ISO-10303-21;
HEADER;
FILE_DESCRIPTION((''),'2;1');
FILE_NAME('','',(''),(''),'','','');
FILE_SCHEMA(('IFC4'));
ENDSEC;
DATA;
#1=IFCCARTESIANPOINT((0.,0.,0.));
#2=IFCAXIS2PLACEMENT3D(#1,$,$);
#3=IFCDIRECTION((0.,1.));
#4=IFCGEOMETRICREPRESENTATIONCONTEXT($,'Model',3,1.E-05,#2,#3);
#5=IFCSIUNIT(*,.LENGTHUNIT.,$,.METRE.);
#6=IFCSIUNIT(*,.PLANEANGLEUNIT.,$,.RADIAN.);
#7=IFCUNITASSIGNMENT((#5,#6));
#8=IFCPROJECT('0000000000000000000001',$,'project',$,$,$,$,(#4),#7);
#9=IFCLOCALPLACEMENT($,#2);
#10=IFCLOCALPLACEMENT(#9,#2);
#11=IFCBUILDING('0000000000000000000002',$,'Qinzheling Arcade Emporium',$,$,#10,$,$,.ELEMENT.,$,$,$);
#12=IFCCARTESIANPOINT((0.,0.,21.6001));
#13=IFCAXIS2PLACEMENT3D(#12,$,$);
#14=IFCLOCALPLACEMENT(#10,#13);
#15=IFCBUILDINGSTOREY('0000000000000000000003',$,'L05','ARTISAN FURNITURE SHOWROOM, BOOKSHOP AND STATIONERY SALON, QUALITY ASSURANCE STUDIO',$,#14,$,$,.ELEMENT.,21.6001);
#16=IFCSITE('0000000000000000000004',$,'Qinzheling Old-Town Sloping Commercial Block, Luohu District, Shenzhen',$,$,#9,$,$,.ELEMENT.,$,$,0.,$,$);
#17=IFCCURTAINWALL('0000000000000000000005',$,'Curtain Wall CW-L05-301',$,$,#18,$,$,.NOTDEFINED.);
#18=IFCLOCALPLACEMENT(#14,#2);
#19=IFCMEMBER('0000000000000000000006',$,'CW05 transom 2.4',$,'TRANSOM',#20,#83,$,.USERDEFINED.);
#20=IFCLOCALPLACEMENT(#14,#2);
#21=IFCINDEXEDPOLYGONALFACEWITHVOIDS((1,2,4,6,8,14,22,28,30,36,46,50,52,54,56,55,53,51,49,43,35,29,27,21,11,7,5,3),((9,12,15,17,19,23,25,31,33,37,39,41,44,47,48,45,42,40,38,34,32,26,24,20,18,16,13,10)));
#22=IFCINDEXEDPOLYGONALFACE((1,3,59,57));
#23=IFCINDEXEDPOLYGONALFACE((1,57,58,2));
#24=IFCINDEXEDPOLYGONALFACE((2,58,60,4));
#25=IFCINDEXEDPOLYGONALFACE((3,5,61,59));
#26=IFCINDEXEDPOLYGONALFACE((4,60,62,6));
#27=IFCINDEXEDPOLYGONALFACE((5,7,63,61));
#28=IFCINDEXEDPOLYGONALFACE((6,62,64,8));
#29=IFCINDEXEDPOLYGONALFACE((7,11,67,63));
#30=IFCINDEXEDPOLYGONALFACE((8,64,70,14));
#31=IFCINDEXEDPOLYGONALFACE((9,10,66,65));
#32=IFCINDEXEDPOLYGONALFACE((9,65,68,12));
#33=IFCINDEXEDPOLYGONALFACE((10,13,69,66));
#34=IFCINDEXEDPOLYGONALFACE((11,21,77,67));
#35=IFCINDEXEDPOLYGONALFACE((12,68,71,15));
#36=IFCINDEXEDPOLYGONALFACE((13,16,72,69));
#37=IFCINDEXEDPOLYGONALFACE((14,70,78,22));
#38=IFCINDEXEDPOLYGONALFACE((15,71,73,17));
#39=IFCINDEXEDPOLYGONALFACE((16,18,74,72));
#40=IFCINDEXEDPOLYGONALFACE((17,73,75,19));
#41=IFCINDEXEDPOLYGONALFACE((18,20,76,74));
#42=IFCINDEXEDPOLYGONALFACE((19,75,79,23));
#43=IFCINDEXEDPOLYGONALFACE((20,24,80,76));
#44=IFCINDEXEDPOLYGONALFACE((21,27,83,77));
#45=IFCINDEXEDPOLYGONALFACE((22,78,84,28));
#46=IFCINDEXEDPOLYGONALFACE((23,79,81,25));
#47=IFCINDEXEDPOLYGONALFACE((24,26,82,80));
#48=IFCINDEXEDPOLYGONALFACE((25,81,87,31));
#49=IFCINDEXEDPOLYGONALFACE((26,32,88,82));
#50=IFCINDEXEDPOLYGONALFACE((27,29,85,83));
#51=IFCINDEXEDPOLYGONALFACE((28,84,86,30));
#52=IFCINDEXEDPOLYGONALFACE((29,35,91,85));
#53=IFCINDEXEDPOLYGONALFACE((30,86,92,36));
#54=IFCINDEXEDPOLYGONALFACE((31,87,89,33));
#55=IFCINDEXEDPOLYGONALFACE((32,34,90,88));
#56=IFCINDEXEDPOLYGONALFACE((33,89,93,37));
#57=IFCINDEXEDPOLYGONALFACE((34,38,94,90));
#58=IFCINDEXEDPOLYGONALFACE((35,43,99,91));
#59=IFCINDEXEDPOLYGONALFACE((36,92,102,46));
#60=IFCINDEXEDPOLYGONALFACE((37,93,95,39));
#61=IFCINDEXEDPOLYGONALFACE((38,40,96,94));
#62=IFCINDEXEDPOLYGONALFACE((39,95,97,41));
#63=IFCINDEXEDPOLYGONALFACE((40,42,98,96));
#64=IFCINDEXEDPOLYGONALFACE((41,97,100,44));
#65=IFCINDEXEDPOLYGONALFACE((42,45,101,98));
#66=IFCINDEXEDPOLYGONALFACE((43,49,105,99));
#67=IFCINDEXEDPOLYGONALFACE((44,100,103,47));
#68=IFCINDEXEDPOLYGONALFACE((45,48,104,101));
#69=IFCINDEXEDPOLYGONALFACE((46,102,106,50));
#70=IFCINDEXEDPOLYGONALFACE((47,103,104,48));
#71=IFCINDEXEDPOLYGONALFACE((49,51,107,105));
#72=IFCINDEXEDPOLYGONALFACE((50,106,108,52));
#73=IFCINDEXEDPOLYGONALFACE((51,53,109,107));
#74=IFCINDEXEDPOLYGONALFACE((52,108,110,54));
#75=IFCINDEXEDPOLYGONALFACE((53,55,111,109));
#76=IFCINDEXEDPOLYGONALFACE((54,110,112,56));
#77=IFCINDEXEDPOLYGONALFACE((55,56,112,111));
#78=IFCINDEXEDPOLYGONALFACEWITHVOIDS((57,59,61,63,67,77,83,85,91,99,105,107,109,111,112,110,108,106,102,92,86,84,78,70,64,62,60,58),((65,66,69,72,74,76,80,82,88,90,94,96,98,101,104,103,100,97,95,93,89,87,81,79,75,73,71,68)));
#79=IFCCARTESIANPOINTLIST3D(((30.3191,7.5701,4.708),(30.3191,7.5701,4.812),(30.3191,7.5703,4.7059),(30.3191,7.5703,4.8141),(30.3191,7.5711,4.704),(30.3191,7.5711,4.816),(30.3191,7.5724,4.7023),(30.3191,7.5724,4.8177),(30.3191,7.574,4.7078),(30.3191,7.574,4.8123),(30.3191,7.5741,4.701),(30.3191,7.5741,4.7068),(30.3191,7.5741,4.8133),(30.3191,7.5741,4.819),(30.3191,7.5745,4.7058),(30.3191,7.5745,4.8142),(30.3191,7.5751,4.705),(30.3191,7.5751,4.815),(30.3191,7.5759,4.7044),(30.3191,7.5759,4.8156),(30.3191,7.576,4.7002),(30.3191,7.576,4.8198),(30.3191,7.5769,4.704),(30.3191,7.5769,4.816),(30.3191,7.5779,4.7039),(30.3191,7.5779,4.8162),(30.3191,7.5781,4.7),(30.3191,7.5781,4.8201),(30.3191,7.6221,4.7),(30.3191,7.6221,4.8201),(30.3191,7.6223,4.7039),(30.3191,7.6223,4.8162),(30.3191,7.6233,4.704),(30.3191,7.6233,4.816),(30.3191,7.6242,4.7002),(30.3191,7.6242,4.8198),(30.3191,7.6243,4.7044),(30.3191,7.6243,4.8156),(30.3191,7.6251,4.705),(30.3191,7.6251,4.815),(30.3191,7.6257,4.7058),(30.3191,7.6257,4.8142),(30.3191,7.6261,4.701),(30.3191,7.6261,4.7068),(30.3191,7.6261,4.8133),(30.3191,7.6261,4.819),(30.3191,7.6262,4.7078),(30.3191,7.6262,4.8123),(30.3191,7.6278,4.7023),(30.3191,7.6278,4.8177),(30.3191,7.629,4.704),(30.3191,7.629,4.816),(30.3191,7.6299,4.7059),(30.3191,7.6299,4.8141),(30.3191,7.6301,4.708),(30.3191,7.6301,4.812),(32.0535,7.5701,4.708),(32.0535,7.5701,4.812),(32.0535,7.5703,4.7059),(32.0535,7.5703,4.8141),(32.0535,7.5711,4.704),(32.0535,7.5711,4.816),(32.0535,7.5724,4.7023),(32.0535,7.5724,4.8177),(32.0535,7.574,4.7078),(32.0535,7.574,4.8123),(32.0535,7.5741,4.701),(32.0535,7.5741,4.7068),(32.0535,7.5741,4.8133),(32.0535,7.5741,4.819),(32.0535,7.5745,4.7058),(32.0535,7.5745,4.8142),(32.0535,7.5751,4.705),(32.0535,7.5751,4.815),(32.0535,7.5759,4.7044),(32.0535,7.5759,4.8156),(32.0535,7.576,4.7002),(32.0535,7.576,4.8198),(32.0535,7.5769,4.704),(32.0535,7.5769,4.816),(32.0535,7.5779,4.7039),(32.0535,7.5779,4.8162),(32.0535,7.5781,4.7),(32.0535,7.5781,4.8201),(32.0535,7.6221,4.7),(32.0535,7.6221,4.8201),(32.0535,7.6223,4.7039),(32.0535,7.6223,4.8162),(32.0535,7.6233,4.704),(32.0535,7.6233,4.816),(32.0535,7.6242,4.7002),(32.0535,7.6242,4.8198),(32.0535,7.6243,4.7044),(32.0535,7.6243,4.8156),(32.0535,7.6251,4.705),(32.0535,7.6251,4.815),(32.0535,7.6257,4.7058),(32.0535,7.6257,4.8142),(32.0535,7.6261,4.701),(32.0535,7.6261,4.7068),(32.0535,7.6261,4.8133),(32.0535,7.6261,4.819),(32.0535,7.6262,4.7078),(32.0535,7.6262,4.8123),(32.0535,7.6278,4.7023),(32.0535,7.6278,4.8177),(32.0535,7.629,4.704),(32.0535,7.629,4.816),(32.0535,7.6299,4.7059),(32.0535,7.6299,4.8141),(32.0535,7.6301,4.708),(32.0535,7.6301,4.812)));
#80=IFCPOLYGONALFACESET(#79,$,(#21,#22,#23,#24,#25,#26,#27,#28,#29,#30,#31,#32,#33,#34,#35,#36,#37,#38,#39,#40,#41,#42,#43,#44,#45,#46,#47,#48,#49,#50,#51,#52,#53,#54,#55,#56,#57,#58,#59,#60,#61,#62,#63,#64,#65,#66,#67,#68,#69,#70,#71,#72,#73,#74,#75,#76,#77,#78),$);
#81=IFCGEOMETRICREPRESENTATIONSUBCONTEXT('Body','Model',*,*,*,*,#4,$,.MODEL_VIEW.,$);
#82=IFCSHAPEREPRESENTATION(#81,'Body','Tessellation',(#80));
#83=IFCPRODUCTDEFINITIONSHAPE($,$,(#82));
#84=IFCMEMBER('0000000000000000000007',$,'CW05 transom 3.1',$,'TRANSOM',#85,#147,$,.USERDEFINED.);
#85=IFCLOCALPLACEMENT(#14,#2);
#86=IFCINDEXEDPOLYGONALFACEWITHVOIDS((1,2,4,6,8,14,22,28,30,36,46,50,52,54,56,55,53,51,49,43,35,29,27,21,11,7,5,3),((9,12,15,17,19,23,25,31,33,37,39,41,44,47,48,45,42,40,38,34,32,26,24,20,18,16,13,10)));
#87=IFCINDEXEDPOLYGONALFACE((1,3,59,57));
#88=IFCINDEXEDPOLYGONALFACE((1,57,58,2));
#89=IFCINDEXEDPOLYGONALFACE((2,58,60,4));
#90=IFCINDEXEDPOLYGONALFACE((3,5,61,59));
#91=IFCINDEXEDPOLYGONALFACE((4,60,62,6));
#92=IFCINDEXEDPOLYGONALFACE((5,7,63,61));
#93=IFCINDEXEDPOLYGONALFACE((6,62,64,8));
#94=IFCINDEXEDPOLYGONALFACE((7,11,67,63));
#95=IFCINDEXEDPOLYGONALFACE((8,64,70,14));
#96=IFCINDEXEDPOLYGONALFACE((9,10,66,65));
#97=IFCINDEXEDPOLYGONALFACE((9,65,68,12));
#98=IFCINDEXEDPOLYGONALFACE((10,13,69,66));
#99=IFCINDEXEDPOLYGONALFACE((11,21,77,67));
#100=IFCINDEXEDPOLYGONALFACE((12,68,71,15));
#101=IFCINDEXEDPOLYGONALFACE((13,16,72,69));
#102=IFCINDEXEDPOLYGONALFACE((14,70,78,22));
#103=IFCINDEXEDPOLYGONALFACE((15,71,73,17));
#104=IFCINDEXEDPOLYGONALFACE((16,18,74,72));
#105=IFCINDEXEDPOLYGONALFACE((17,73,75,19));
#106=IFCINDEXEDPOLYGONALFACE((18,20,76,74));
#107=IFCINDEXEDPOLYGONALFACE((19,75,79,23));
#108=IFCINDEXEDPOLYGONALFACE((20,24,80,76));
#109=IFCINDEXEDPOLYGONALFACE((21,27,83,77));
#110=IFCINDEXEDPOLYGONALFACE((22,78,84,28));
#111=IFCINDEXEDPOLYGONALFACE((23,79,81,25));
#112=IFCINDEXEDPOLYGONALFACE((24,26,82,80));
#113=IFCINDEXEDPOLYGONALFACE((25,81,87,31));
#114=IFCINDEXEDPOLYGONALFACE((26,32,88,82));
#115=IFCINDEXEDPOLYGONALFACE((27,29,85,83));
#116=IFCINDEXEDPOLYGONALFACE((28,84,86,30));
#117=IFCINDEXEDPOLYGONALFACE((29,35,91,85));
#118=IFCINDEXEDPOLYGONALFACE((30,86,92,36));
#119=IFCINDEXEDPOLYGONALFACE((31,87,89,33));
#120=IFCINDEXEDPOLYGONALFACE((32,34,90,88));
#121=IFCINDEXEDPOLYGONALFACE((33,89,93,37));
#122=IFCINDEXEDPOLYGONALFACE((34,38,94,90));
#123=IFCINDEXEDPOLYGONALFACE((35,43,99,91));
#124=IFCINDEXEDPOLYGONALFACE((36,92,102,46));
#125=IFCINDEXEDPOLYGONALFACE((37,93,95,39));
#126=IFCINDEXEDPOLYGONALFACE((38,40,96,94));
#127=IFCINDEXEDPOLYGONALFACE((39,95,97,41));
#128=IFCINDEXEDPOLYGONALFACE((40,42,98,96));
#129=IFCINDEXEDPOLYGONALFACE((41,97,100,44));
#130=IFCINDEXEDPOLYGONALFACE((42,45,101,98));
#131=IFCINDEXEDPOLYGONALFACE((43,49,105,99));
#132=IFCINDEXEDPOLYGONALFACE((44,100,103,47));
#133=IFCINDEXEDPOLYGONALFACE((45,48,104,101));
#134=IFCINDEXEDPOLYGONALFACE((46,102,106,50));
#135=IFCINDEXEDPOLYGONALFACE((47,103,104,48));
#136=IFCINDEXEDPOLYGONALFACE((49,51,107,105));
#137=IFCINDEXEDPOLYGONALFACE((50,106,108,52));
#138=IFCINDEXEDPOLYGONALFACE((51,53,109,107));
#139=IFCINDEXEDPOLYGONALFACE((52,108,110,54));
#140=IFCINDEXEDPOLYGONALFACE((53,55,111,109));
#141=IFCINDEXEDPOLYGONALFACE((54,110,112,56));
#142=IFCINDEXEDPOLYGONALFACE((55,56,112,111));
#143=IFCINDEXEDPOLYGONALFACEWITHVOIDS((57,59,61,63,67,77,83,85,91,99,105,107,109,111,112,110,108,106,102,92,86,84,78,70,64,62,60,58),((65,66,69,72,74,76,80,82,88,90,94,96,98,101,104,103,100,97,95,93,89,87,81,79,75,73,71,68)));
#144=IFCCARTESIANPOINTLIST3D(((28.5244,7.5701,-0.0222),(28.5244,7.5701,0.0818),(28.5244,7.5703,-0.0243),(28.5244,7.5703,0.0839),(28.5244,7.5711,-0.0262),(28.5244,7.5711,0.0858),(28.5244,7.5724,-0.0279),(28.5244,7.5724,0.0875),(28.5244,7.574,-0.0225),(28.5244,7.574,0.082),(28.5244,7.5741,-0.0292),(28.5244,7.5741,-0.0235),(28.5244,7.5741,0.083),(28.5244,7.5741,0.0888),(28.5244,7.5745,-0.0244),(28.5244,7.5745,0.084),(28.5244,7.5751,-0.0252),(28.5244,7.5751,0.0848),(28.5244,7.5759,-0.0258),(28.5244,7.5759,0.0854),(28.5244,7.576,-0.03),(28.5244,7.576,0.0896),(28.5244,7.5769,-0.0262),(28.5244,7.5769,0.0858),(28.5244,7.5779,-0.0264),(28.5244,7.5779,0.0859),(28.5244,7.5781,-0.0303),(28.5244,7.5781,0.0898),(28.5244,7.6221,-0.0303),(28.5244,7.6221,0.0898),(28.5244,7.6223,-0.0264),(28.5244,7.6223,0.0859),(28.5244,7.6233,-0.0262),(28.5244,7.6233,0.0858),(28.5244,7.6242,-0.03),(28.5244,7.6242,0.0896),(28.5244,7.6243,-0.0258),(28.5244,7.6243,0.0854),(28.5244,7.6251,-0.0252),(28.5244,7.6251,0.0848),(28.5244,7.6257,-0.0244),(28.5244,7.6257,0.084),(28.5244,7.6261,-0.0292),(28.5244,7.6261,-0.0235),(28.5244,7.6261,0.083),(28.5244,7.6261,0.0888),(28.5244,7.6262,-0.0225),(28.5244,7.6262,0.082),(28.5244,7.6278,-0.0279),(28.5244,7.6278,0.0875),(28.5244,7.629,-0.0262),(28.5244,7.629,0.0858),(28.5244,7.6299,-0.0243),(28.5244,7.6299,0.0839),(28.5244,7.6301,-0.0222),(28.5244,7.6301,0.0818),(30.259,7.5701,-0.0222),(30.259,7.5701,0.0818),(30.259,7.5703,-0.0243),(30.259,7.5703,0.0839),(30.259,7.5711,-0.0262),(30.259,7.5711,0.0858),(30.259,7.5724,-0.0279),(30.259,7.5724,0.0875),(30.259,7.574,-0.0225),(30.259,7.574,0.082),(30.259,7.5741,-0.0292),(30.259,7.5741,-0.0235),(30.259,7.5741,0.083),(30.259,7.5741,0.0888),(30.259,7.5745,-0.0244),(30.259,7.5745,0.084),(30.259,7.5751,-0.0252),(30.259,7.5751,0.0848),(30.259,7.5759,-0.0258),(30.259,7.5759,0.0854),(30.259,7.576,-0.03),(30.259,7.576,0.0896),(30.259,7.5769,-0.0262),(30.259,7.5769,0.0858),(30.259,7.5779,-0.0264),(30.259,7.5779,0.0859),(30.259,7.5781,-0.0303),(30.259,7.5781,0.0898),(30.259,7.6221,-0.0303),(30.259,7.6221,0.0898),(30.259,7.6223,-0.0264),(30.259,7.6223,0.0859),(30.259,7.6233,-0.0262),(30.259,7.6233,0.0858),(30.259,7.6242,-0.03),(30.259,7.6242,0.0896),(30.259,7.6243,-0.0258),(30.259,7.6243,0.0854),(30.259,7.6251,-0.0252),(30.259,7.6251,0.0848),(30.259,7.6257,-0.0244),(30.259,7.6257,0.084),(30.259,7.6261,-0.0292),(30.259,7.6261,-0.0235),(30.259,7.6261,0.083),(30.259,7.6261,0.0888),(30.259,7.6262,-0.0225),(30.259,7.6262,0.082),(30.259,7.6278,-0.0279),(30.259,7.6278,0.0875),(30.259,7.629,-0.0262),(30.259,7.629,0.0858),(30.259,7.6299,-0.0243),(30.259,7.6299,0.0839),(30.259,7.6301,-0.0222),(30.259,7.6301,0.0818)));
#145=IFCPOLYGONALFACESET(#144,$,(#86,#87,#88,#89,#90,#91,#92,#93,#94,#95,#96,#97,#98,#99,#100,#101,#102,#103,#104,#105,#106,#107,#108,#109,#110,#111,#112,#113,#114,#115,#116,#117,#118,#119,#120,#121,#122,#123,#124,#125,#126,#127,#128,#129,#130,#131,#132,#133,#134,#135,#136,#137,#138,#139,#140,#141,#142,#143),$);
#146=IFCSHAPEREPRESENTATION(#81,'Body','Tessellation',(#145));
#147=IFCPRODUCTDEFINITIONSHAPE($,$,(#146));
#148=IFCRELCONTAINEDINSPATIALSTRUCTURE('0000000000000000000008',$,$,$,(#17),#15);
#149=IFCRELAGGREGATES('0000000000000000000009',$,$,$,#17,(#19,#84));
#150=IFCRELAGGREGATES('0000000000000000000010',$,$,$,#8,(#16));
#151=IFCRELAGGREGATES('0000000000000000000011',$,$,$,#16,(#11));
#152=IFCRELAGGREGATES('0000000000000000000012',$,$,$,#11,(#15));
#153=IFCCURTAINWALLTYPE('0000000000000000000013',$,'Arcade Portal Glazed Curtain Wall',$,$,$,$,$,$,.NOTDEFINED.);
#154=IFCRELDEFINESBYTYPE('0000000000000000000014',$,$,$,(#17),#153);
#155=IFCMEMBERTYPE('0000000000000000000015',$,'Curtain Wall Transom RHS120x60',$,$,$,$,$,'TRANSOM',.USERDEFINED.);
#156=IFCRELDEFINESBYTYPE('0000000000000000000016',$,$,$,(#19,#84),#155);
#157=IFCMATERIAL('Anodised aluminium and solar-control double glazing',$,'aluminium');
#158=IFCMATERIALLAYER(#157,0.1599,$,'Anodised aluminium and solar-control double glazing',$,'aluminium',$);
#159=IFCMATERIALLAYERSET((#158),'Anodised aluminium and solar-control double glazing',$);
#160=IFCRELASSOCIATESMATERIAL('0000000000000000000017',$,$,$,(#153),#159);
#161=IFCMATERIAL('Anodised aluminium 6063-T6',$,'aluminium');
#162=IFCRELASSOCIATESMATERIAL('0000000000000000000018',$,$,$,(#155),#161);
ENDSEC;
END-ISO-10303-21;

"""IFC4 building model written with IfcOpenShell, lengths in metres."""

from ifc_helpers import new_model, si_unit, direction, frame, origin, origin_2d, place, context, subcontext, project, spatial, hollow_rectangle, extrude, material, layer, layer_set, material_profile, profile_set, type_object, element, aggregate, save


model = new_model("IFC4")

# Units and contexts
model_context = context("Model", 3, precision=1e-05, world=origin(), true_north=direction((0.0, 1.0)))
body_context = subcontext(model_context, "Body", "Model", "MODEL_VIEW")
ifc_project = project(units=[si_unit("LENGTHUNIT", "METRE"), si_unit("PLANEANGLEUNIT", "RADIAN")], contexts=[model_context])

# Site, building, storey
site_placement = place(None, origin())
site = spatial("IfcSite", under=ifc_project, at=site_placement, Name="Qinzheling Old-Town Sloping Commercial Block, Luohu District, Shenzhen", CompositionType="ELEMENT", RefElevation=0.0)
building_placement = place(site_placement, origin())
building = spatial("IfcBuilding", under=site, at=building_placement, Name="Qinzheling Arcade Emporium", CompositionType="ELEMENT")
storey_placement = place(building_placement, frame((0.0, 0.0, 21.6001)))
storey = spatial("IfcBuildingStorey", under=building, at=storey_placement, Name="L05", Description="ARTISAN FURNITURE SHOWROOM, BOOKSHOP AND STATIONERY SALON, QUALITY ASSURANCE STUDIO", CompositionType="ELEMENT", Elevation=21.6001)

# Shared definitions
ifc_material_1 = material(Name="Anodised aluminium and solar-control double glazing", Category="aluminium")
ifc_layer_1 = layer(ifc_material_1, 0.1599, Name="Anodised aluminium and solar-control double glazing", Category="aluminium")
ifc_layer_set_1 = layer_set([ifc_layer_1], Name="Anodised aluminium and solar-control double glazing")
curtain_wall_type = type_object("IfcCurtainWallType", Name="Arcade Portal Glazed Curtain Wall", PredefinedType="NOTDEFINED", material=ifc_layer_set_1)
ifc_material_2 = material(Name="Anodised aluminium 6063-T6", Category="aluminium")

# Curtain wall, members
curtain_wall_1_placement = place(storey_placement, origin())
curtain_wall_1 = element("IfcCurtainWall", 1, at=curtain_wall_1_placement, inside=storey, type_object=curtain_wall_type, Name="Curtain Wall CW-L05-301", PredefinedType="NOTDEFINED")
ifc_material_profile_1 = material_profile(ifc_material_2, hollow_rectangle(XDim=0.0601, YDim=0.1201, WallThickness=0.0039, InnerFilletRadius=0.0039, OuterFilletRadius=0.0081, at=origin_2d()), Name="RHS 120x60x4", Category="aluminium")
ifc_profile_set_1 = profile_set([ifc_material_profile_1], Name="Anodised aluminium 6063-T6")
member_type_1 = type_object("IfcMemberType", Name="Curtain Wall Transom RHS120x60", ElementType="TRANSOM", PredefinedType="USERDEFINED", material=ifc_profile_set_1)
member_1_placement = place(storey_placement, frame((32.0535, 7.6001, 4.76), z_axis=(-1.0, 0.0, 0.0), x_axis=(0.0, -1.0, 0.0)))
member_1 = element("IfcMember", 2, at=member_1_placement, type_object=member_type_1, Name="CW05 transom 2.4", ObjectType="TRANSOM", PredefinedType="USERDEFINED", context=body_context, shape_type="SweptSolid", body=[
    extrude(hollow_rectangle(XDim=0.0601, YDim=0.1201, WallThickness=0.0039, InnerFilletRadius=0.0039, OuterFilletRadius=0.0081, at=origin_2d()), origin(), (0.0, 0.0, 1.0), 1.7344),
])
member_2_placement = place(storey_placement, frame((30.259, 7.6001, 0.0298), z_axis=(-1.0, 0.0, 0.0), x_axis=(0.0, -1.0, 0.0)))
member_2 = element("IfcMember", 3, at=member_2_placement, type_object=member_type_1, Name="CW05 transom 3.1", ObjectType="TRANSOM", PredefinedType="USERDEFINED", context=body_context, shape_type="SweptSolid", body=[
    extrude(hollow_rectangle(XDim=0.0601, YDim=0.1201, WallThickness=0.0039, InnerFilletRadius=0.0039, OuterFilletRadius=0.0081, at=origin_2d()), origin(), (0.0, 0.0, 1.0), 1.7346),
])

aggregate(curtain_wall_1, [member_1, member_2])

save(model, "model.ifc")
